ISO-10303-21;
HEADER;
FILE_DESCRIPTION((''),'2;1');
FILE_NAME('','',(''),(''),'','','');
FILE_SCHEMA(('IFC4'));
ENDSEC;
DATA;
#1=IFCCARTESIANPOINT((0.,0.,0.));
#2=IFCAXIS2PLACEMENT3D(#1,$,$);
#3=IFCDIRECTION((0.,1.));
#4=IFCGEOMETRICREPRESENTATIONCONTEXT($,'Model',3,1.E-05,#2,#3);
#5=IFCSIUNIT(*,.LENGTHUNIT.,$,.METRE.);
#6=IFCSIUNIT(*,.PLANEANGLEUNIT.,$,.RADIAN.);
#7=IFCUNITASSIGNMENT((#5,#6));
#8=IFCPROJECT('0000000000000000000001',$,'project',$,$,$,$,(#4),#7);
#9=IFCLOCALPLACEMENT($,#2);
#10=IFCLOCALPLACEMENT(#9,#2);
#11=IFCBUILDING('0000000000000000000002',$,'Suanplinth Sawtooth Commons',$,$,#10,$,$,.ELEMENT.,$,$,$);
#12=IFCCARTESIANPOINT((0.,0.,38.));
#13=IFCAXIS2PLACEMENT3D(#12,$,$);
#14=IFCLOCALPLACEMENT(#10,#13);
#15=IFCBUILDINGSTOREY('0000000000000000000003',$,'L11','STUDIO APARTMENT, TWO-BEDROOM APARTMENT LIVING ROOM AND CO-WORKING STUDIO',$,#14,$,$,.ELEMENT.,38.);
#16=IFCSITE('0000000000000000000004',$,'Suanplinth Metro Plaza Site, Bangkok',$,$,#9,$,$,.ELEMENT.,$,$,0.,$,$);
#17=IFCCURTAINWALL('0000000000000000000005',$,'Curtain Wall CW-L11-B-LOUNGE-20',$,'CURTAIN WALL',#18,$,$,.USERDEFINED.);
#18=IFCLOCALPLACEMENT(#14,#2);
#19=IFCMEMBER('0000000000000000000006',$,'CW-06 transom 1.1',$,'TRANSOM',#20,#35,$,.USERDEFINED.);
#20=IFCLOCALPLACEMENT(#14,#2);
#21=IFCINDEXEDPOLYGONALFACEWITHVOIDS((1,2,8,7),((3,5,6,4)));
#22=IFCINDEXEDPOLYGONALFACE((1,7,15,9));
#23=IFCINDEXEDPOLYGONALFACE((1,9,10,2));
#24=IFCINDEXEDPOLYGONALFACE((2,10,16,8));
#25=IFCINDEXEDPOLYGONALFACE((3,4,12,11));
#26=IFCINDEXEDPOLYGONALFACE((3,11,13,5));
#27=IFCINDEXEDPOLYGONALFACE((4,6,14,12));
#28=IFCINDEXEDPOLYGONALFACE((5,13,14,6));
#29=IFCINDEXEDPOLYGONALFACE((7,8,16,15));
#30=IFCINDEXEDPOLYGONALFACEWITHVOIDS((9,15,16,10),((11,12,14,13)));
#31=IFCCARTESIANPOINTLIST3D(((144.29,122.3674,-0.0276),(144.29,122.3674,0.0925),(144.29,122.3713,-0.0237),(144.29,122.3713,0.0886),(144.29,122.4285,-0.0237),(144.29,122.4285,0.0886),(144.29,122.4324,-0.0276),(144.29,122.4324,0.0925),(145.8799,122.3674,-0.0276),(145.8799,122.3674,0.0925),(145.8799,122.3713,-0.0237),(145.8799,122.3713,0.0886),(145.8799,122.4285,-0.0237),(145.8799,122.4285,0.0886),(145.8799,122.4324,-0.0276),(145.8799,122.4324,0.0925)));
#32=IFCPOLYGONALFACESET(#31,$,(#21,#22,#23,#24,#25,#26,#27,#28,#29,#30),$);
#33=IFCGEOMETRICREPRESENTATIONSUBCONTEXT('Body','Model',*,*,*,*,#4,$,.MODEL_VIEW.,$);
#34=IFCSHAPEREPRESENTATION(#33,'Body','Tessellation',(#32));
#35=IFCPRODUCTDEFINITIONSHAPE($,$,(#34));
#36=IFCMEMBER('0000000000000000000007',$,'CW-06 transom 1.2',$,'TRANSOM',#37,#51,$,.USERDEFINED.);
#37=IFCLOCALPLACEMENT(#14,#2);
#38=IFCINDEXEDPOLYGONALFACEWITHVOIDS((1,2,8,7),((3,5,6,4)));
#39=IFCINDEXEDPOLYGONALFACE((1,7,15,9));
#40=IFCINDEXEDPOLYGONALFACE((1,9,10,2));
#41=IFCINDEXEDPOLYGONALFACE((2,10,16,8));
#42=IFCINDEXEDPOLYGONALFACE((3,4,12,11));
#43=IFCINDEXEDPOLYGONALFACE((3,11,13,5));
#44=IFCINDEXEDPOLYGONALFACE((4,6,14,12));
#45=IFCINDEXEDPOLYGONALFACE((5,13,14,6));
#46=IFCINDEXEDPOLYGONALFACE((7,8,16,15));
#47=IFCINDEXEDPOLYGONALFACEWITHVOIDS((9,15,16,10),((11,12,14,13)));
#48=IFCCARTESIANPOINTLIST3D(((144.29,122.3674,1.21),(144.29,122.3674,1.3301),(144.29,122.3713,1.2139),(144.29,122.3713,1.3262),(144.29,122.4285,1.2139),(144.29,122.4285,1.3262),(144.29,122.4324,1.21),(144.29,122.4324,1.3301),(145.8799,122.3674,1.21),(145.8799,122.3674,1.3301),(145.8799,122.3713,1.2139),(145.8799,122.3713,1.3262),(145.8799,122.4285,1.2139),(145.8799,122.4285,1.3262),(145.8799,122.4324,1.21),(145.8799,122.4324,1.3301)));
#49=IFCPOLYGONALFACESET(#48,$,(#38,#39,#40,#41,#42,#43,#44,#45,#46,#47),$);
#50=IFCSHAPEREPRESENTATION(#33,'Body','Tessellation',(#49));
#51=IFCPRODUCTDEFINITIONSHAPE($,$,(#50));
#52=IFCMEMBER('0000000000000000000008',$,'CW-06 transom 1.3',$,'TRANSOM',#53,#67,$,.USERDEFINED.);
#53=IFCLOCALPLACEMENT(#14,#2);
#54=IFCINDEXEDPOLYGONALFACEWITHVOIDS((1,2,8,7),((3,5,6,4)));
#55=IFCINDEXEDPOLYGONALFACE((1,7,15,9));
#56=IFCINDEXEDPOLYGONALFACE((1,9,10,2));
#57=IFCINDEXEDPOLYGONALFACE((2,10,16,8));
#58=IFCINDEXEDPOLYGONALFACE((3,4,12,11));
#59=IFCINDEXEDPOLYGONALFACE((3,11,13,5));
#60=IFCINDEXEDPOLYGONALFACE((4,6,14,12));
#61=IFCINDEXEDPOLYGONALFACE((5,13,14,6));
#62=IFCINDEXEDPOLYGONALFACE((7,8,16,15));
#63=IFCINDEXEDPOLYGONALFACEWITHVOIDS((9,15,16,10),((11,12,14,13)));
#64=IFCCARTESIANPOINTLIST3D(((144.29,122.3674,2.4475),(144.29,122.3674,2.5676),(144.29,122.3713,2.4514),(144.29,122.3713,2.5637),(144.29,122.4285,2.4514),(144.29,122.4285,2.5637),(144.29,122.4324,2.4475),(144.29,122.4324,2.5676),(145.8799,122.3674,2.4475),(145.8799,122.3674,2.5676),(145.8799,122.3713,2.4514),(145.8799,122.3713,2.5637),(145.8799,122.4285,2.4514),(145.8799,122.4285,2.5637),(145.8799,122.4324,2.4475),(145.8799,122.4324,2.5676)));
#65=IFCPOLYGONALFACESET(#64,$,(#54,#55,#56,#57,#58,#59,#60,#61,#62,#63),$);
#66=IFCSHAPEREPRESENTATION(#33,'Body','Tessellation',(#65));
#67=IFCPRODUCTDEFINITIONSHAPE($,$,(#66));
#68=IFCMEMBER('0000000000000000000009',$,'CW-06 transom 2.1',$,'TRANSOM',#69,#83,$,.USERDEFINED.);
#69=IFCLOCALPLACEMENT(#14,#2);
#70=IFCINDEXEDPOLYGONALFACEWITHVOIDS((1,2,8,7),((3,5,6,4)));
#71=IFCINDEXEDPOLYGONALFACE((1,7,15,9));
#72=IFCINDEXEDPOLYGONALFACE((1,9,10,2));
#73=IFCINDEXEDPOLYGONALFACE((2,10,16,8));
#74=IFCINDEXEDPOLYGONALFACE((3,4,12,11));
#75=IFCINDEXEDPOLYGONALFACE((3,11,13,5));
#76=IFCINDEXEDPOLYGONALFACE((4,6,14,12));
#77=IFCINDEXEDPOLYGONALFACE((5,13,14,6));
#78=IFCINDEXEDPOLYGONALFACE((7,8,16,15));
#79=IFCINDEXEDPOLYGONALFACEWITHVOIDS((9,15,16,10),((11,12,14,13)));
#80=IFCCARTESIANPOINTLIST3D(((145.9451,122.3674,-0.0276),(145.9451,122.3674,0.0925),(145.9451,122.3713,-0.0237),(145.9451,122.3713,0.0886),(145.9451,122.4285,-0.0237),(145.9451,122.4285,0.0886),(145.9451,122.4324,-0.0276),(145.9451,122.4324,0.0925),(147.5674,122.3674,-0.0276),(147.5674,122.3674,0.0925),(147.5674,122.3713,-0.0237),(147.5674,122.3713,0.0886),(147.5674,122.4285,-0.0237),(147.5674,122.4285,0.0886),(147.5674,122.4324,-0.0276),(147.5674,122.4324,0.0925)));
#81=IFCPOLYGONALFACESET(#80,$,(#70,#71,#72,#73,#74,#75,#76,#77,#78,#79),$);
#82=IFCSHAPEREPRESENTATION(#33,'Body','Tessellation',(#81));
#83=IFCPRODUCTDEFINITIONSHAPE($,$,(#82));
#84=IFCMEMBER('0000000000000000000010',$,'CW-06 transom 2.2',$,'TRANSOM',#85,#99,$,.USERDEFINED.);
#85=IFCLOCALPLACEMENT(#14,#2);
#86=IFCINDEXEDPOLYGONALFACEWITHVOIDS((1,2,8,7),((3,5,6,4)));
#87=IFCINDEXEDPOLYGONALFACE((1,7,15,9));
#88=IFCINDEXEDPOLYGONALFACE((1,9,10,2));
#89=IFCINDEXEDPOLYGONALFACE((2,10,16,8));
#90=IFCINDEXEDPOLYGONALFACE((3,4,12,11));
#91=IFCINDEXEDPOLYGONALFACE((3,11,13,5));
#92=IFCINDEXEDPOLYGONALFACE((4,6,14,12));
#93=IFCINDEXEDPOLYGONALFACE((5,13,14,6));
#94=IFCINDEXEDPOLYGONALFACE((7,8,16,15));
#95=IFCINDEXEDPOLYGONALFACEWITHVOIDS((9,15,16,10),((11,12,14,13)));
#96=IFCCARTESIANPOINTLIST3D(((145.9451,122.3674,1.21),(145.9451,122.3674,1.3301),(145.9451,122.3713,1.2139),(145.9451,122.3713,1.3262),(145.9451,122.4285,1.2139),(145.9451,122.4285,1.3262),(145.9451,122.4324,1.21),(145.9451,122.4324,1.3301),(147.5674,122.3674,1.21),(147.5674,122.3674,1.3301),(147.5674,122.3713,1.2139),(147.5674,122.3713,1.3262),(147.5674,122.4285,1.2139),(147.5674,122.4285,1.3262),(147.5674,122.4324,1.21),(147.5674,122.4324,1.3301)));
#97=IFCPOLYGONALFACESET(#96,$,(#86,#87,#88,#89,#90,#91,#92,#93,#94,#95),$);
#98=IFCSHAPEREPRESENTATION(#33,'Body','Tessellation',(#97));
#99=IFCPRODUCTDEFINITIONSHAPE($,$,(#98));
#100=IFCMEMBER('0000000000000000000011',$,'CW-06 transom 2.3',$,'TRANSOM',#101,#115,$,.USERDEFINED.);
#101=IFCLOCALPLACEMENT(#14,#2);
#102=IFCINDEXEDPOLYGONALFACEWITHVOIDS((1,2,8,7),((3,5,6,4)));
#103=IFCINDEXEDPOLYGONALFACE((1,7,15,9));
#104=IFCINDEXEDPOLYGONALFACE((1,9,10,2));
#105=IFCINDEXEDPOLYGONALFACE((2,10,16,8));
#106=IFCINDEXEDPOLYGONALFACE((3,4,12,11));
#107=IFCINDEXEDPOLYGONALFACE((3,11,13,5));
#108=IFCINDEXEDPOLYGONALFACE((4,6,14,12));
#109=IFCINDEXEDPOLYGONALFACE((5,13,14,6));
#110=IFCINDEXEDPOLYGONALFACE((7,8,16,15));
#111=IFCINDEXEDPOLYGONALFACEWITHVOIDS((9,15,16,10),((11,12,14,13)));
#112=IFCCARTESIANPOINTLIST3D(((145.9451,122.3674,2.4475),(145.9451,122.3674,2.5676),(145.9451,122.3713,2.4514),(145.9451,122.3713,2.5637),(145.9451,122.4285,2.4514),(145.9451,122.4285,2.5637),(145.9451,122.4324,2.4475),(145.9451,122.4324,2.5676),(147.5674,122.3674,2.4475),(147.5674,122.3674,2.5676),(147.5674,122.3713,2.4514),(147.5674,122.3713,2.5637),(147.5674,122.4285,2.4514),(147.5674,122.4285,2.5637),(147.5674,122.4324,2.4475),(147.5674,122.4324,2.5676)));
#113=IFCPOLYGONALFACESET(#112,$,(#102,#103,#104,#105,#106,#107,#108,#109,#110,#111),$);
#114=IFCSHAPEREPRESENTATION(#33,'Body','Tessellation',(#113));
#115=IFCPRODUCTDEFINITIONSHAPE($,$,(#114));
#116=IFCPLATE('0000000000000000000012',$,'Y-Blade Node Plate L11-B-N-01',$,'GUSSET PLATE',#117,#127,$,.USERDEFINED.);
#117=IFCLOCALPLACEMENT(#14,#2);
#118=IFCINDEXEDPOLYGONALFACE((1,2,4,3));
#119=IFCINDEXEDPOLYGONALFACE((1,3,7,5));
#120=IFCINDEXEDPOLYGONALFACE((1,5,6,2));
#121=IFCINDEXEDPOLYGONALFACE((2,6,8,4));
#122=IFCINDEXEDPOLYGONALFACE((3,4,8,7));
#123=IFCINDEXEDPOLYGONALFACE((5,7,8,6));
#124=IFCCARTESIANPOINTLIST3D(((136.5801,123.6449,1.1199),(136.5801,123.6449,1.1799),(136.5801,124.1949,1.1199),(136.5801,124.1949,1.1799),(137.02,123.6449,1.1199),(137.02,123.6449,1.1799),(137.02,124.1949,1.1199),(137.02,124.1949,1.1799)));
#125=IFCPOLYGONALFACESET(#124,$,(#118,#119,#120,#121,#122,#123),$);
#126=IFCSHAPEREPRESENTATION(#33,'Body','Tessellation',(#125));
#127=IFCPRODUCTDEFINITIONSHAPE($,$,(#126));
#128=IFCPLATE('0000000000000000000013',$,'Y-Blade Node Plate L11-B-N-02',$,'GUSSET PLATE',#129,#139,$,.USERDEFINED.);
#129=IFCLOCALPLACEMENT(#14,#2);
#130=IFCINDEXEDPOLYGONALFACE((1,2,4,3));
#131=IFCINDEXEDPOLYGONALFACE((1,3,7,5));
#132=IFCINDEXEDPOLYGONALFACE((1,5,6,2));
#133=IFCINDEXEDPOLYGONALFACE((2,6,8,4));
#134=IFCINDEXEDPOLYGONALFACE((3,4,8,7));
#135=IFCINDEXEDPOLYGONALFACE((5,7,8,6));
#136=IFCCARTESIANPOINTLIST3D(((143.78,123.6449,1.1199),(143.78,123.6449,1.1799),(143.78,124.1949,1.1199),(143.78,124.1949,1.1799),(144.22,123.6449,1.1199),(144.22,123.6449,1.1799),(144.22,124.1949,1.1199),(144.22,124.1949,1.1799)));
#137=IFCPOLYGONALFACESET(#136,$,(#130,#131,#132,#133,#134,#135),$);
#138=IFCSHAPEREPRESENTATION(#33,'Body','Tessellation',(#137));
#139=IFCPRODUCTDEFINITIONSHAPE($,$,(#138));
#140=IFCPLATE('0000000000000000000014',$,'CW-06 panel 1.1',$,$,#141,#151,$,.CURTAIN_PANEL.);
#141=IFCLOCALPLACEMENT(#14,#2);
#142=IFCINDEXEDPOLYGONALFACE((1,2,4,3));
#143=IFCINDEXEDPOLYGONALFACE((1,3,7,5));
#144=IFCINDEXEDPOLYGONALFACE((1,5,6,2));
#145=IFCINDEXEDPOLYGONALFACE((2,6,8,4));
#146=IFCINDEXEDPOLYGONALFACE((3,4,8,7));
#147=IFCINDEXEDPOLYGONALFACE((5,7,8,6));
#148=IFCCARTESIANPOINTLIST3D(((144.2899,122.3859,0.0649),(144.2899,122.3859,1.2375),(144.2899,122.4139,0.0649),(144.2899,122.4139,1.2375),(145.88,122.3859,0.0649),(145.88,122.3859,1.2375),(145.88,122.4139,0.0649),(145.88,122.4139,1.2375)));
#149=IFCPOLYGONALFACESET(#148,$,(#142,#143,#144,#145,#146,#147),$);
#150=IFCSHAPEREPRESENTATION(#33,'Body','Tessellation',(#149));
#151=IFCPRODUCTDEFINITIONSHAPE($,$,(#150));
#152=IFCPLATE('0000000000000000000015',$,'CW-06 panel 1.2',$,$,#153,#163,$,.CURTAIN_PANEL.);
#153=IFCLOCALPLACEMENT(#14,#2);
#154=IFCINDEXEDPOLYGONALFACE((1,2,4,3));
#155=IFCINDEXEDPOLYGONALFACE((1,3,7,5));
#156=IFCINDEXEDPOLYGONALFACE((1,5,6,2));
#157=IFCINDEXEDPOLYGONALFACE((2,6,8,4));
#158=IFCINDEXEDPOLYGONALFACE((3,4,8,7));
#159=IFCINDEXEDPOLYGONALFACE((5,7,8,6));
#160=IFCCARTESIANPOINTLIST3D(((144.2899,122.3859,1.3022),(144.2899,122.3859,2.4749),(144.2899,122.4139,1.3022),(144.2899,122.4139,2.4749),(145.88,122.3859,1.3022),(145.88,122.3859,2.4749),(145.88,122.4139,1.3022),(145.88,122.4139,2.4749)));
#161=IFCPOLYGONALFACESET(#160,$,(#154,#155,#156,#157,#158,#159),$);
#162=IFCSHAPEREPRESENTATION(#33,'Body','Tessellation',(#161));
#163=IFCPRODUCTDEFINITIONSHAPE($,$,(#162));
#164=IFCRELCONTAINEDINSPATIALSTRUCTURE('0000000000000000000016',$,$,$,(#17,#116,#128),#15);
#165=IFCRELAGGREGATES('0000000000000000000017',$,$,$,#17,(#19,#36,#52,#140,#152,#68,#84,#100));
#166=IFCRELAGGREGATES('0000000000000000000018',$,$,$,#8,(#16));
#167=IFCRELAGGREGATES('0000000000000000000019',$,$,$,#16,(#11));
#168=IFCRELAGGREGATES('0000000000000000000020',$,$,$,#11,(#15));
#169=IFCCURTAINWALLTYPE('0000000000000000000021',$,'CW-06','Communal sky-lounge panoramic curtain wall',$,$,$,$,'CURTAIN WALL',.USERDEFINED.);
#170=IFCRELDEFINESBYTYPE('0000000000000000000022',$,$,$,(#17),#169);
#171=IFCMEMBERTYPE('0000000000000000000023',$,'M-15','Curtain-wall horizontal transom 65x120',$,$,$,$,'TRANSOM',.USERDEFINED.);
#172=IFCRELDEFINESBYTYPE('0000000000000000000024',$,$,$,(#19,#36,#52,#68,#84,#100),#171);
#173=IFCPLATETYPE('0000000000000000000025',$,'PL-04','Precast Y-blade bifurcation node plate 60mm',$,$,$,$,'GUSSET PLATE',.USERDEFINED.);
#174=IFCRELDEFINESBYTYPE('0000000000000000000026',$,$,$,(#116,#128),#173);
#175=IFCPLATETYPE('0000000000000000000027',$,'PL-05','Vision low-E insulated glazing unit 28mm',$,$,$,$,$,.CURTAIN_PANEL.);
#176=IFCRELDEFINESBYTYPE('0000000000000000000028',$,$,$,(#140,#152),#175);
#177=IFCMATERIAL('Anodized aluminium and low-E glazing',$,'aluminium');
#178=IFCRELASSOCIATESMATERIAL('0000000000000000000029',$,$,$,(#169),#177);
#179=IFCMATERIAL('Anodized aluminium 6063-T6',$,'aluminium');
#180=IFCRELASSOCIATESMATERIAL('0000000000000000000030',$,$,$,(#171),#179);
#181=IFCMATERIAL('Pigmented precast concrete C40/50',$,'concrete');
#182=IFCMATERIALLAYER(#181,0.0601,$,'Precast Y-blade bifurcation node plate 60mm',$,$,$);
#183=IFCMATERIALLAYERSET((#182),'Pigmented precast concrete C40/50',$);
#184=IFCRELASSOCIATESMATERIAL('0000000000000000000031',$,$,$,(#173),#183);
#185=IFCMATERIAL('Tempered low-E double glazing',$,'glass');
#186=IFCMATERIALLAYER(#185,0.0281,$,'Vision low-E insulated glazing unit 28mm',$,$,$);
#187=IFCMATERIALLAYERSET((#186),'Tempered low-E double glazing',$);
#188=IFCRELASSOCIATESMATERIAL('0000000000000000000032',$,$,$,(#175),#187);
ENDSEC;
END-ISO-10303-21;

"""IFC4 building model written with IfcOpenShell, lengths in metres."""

from ifc_helpers import new_model, si_unit, direction, frame, origin, origin_2d, place, context, subcontext, project, spatial, rectangle, hollow_rectangle, extrude, material, layer, layer_set, material_profile, profile_set, type_object, element, aggregate, save


model = new_model("IFC4")

# Units and contexts
model_context = context("Model", 3, precision=1e-05, world=origin(), true_north=direction((0.0, 1.0)))
body_context = subcontext(model_context, "Body", "Model", "MODEL_VIEW")
ifc_project = project(units=[si_unit("LENGTHUNIT", "METRE"), si_unit("PLANEANGLEUNIT", "RADIAN")], contexts=[model_context])

# Site, building, storey
site_placement = place(None, origin())
site = spatial("IfcSite", under=ifc_project, at=site_placement, Name="Suanplinth Metro Plaza Site, Bangkok", CompositionType="ELEMENT", RefElevation=0.0)
building_placement = place(site_placement, origin())
building = spatial("IfcBuilding", under=site, at=building_placement, Name="Suanplinth Sawtooth Commons", CompositionType="ELEMENT")
storey_placement = place(building_placement, frame((0.0, 0.0, 38.0)))
storey = spatial("IfcBuildingStorey", under=building, at=storey_placement, Name="L11", Description="STUDIO APARTMENT, TWO-BEDROOM APARTMENT LIVING ROOM AND CO-WORKING STUDIO", CompositionType="ELEMENT", Elevation=38.0)

# Shared definitions
ifc_material_1 = material(Name="Pigmented precast concrete C40/50", Category="concrete")

# Curtain wall, members
ifc_material_2 = material(Name="Anodized aluminium and low-E glazing", Category="aluminium")
curtain_wall_type = type_object("IfcCurtainWallType", Name="CW-06", Description="Communal sky-lounge panoramic curtain wall", ElementType="CURTAIN WALL", PredefinedType="USERDEFINED", material=ifc_material_2)
curtain_wall_placement = place(storey_placement, origin())
curtain_wall = element("IfcCurtainWall", 1, at=curtain_wall_placement, inside=storey, type_object=curtain_wall_type, Name="Curtain Wall CW-L11-B-LOUNGE-20", ObjectType="CURTAIN WALL", PredefinedType="USERDEFINED")
ifc_material_3 = material(Name="Anodized aluminium 6063-T6", Category="aluminium")
ifc_material_profile_1 = material_profile(ifc_material_3, hollow_rectangle(XDim=0.0649, YDim=0.1201, WallThickness=0.0039, at=origin_2d()), Name="ALU-TRN 65x120")
ifc_profile_set_1 = profile_set([ifc_material_profile_1], Name="Anodized aluminium 6063-T6")
member_type_1 = type_object("IfcMemberType", Name="M-15", Description="Curtain-wall horizontal transom 65x120", ElementType="TRANSOM", PredefinedType="USERDEFINED", material=ifc_profile_set_1)
member_1_placement = place(storey_placement, frame((144.29, 122.3999, 0.0325), z_axis=(1.0, 0.0, 0.0), x_axis=(0.0, 1.0, 0.0)))
member_1 = element("IfcMember", 2, at=member_1_placement, type_object=member_type_1, Name="CW-06 transom 1.1", ObjectType="TRANSOM", PredefinedType="USERDEFINED", context=body_context, shape_type="SweptSolid", body=[
    extrude(hollow_rectangle(XDim=0.0649, YDim=0.1201, WallThickness=0.0039, at=origin_2d()), origin(), (0.0, 0.0, 1.0), 1.5898),
])
member_2_placement = place(storey_placement, frame((144.29, 122.3999, 1.27), z_axis=(1.0, 0.0, 0.0), x_axis=(0.0, 1.0, 0.0)))
member_2 = element("IfcMember", 3, at=member_2_placement, type_object=member_type_1, Name="CW-06 transom 1.2", ObjectType="TRANSOM", PredefinedType="USERDEFINED", context=body_context, shape_type="SweptSolid", body=[
    extrude(hollow_rectangle(XDim=0.0649, YDim=0.1201, WallThickness=0.0039, at=origin_2d()), origin(), (0.0, 0.0, 1.0), 1.5898),
])
member_3_placement = place(storey_placement, frame((144.29, 122.3999, 2.5076), z_axis=(1.0, 0.0, 0.0), x_axis=(0.0, 1.0, 0.0)))
member_3 = element("IfcMember", 4, at=member_3_placement, type_object=member_type_1, Name="CW-06 transom 1.3", ObjectType="TRANSOM", PredefinedType="USERDEFINED", context=body_context, shape_type="SweptSolid", body=[
    extrude(hollow_rectangle(XDim=0.0649, YDim=0.1201, WallThickness=0.0039, at=origin_2d()), origin(), (0.0, 0.0, 1.0), 1.5898),
])
member_4_placement = place(storey_placement, frame((145.9451, 122.3999, 0.0325), z_axis=(1.0, 0.0, 0.0), x_axis=(0.0, 1.0, 0.0)))
member_4 = element("IfcMember", 5, at=member_4_placement, type_object=member_type_1, Name="CW-06 transom 2.1", ObjectType="TRANSOM", PredefinedType="USERDEFINED", context=body_context, shape_type="SweptSolid", body=[
    extrude(hollow_rectangle(XDim=0.0649, YDim=0.1201, WallThickness=0.0039, at=origin_2d()), origin(), (0.0, 0.0, 1.0), 1.6223),
])
member_5_placement = place(storey_placement, frame((145.9451, 122.3999, 1.27), z_axis=(1.0, 0.0, 0.0), x_axis=(0.0, 1.0, 0.0)))
member_5 = element("IfcMember", 6, at=member_5_placement, type_object=member_type_1, Name="CW-06 transom 2.2", ObjectType="TRANSOM", PredefinedType="USERDEFINED", context=body_context, shape_type="SweptSolid", body=[
    extrude(hollow_rectangle(XDim=0.0649, YDim=0.1201, WallThickness=0.0039, at=origin_2d()), origin(), (0.0, 0.0, 1.0), 1.6223),
])
member_6_placement = place(storey_placement, frame((145.9451, 122.3999, 2.5076), z_axis=(1.0, 0.0, 0.0), x_axis=(0.0, 1.0, 0.0)))
member_6 = element("IfcMember", 7, at=member_6_placement, type_object=member_type_1, Name="CW-06 transom 2.3", ObjectType="TRANSOM", PredefinedType="USERDEFINED", context=body_context, shape_type="SweptSolid", body=[
    extrude(hollow_rectangle(XDim=0.0649, YDim=0.1201, WallThickness=0.0039, at=origin_2d()), origin(), (0.0, 0.0, 1.0), 1.6223),
])

# Plates
ifc_layer_1 = layer(ifc_material_1, 0.0601, Name="Precast Y-blade bifurcation node plate 60mm")
ifc_layer_set_1 = layer_set([ifc_layer_1], Name="Pigmented precast concrete C40/50")
plate_type_1 = type_object("IfcPlateType", Name="PL-04", Description="Precast Y-blade bifurcation node plate 60mm", ElementType="GUSSET PLATE", PredefinedType="USERDEFINED", material=ifc_layer_set_1)
for number, where, z_axis, x_axis, name in (
    (8, (136.8, 123.9199, 1.1199), (0.0, 0.0, 1.0), (1.0, 0.0, 0.0), "Y-Blade Node Plate L11-B-N-01"),
    (9, (144.0, 123.9199, 1.1199), (0.0, 0.0, 1.0), (1.0, 0.0, 0.0), "Y-Blade Node Plate L11-B-N-02"),
):
    element("IfcPlate", number, at=place(storey_placement, frame(where, z_axis=z_axis, x_axis=x_axis)), inside=storey, type_object=plate_type_1, Name=name, ObjectType="GUSSET PLATE", PredefinedType="USERDEFINED", context=body_context, shape_type="SweptSolid", body=[
        extrude(rectangle(XDim=0.4399, YDim=0.55, at=origin_2d()), origin(), (0.0, 0.0, 1.0), 0.0601),
    ])

# Plates
ifc_material_4 = material(Name="Tempered low-E double glazing", Category="glass")
ifc_layer_2 = layer(ifc_material_4, 0.0281, Name="Vision low-E insulated glazing unit 28mm")
ifc_layer_set_2 = layer_set([ifc_layer_2], Name="Tempered low-E double glazing")
plate_type_2 = type_object("IfcPlateType", Name="PL-05", Description="Vision low-E insulated glazing unit 28mm", PredefinedType="CURTAIN_PANEL", material=ifc_layer_set_2)
plate_1_placement = place(storey_placement, frame((145.085, 122.3999, 0.0649), z_axis=(0.0, 0.0, 1.0), x_axis=(1.0, 0.0, 0.0)))
plate_1 = element("IfcPlate", 10, at=plate_1_placement, type_object=plate_type_2, Name="CW-06 panel 1.1", PredefinedType="CURTAIN_PANEL", context=body_context, shape_type="SweptSolid", body=[
    extrude(rectangle(XDim=1.5901, YDim=0.0281, at=origin_2d()), origin(), (0.0, 0.0, 1.0), 1.1726),
])
plate_2_placement = place(storey_placement, frame((145.085, 122.3999, 1.3022), z_axis=(0.0, 0.0, 1.0), x_axis=(1.0, 0.0, 0.0)))
plate_2 = element("IfcPlate", 11, at=plate_2_placement, type_object=plate_type_2, Name="CW-06 panel 1.2", PredefinedType="CURTAIN_PANEL", context=body_context, shape_type="SweptSolid", body=[
    extrude(rectangle(XDim=1.5901, YDim=0.0281, at=origin_2d()), origin(), (0.0, 0.0, 1.0), 1.1726),
])
aggregate(curtain_wall, [member_1, member_2, member_3, plate_1, plate_2, member_4, member_5, member_6])

save(model, "model.ifc")
